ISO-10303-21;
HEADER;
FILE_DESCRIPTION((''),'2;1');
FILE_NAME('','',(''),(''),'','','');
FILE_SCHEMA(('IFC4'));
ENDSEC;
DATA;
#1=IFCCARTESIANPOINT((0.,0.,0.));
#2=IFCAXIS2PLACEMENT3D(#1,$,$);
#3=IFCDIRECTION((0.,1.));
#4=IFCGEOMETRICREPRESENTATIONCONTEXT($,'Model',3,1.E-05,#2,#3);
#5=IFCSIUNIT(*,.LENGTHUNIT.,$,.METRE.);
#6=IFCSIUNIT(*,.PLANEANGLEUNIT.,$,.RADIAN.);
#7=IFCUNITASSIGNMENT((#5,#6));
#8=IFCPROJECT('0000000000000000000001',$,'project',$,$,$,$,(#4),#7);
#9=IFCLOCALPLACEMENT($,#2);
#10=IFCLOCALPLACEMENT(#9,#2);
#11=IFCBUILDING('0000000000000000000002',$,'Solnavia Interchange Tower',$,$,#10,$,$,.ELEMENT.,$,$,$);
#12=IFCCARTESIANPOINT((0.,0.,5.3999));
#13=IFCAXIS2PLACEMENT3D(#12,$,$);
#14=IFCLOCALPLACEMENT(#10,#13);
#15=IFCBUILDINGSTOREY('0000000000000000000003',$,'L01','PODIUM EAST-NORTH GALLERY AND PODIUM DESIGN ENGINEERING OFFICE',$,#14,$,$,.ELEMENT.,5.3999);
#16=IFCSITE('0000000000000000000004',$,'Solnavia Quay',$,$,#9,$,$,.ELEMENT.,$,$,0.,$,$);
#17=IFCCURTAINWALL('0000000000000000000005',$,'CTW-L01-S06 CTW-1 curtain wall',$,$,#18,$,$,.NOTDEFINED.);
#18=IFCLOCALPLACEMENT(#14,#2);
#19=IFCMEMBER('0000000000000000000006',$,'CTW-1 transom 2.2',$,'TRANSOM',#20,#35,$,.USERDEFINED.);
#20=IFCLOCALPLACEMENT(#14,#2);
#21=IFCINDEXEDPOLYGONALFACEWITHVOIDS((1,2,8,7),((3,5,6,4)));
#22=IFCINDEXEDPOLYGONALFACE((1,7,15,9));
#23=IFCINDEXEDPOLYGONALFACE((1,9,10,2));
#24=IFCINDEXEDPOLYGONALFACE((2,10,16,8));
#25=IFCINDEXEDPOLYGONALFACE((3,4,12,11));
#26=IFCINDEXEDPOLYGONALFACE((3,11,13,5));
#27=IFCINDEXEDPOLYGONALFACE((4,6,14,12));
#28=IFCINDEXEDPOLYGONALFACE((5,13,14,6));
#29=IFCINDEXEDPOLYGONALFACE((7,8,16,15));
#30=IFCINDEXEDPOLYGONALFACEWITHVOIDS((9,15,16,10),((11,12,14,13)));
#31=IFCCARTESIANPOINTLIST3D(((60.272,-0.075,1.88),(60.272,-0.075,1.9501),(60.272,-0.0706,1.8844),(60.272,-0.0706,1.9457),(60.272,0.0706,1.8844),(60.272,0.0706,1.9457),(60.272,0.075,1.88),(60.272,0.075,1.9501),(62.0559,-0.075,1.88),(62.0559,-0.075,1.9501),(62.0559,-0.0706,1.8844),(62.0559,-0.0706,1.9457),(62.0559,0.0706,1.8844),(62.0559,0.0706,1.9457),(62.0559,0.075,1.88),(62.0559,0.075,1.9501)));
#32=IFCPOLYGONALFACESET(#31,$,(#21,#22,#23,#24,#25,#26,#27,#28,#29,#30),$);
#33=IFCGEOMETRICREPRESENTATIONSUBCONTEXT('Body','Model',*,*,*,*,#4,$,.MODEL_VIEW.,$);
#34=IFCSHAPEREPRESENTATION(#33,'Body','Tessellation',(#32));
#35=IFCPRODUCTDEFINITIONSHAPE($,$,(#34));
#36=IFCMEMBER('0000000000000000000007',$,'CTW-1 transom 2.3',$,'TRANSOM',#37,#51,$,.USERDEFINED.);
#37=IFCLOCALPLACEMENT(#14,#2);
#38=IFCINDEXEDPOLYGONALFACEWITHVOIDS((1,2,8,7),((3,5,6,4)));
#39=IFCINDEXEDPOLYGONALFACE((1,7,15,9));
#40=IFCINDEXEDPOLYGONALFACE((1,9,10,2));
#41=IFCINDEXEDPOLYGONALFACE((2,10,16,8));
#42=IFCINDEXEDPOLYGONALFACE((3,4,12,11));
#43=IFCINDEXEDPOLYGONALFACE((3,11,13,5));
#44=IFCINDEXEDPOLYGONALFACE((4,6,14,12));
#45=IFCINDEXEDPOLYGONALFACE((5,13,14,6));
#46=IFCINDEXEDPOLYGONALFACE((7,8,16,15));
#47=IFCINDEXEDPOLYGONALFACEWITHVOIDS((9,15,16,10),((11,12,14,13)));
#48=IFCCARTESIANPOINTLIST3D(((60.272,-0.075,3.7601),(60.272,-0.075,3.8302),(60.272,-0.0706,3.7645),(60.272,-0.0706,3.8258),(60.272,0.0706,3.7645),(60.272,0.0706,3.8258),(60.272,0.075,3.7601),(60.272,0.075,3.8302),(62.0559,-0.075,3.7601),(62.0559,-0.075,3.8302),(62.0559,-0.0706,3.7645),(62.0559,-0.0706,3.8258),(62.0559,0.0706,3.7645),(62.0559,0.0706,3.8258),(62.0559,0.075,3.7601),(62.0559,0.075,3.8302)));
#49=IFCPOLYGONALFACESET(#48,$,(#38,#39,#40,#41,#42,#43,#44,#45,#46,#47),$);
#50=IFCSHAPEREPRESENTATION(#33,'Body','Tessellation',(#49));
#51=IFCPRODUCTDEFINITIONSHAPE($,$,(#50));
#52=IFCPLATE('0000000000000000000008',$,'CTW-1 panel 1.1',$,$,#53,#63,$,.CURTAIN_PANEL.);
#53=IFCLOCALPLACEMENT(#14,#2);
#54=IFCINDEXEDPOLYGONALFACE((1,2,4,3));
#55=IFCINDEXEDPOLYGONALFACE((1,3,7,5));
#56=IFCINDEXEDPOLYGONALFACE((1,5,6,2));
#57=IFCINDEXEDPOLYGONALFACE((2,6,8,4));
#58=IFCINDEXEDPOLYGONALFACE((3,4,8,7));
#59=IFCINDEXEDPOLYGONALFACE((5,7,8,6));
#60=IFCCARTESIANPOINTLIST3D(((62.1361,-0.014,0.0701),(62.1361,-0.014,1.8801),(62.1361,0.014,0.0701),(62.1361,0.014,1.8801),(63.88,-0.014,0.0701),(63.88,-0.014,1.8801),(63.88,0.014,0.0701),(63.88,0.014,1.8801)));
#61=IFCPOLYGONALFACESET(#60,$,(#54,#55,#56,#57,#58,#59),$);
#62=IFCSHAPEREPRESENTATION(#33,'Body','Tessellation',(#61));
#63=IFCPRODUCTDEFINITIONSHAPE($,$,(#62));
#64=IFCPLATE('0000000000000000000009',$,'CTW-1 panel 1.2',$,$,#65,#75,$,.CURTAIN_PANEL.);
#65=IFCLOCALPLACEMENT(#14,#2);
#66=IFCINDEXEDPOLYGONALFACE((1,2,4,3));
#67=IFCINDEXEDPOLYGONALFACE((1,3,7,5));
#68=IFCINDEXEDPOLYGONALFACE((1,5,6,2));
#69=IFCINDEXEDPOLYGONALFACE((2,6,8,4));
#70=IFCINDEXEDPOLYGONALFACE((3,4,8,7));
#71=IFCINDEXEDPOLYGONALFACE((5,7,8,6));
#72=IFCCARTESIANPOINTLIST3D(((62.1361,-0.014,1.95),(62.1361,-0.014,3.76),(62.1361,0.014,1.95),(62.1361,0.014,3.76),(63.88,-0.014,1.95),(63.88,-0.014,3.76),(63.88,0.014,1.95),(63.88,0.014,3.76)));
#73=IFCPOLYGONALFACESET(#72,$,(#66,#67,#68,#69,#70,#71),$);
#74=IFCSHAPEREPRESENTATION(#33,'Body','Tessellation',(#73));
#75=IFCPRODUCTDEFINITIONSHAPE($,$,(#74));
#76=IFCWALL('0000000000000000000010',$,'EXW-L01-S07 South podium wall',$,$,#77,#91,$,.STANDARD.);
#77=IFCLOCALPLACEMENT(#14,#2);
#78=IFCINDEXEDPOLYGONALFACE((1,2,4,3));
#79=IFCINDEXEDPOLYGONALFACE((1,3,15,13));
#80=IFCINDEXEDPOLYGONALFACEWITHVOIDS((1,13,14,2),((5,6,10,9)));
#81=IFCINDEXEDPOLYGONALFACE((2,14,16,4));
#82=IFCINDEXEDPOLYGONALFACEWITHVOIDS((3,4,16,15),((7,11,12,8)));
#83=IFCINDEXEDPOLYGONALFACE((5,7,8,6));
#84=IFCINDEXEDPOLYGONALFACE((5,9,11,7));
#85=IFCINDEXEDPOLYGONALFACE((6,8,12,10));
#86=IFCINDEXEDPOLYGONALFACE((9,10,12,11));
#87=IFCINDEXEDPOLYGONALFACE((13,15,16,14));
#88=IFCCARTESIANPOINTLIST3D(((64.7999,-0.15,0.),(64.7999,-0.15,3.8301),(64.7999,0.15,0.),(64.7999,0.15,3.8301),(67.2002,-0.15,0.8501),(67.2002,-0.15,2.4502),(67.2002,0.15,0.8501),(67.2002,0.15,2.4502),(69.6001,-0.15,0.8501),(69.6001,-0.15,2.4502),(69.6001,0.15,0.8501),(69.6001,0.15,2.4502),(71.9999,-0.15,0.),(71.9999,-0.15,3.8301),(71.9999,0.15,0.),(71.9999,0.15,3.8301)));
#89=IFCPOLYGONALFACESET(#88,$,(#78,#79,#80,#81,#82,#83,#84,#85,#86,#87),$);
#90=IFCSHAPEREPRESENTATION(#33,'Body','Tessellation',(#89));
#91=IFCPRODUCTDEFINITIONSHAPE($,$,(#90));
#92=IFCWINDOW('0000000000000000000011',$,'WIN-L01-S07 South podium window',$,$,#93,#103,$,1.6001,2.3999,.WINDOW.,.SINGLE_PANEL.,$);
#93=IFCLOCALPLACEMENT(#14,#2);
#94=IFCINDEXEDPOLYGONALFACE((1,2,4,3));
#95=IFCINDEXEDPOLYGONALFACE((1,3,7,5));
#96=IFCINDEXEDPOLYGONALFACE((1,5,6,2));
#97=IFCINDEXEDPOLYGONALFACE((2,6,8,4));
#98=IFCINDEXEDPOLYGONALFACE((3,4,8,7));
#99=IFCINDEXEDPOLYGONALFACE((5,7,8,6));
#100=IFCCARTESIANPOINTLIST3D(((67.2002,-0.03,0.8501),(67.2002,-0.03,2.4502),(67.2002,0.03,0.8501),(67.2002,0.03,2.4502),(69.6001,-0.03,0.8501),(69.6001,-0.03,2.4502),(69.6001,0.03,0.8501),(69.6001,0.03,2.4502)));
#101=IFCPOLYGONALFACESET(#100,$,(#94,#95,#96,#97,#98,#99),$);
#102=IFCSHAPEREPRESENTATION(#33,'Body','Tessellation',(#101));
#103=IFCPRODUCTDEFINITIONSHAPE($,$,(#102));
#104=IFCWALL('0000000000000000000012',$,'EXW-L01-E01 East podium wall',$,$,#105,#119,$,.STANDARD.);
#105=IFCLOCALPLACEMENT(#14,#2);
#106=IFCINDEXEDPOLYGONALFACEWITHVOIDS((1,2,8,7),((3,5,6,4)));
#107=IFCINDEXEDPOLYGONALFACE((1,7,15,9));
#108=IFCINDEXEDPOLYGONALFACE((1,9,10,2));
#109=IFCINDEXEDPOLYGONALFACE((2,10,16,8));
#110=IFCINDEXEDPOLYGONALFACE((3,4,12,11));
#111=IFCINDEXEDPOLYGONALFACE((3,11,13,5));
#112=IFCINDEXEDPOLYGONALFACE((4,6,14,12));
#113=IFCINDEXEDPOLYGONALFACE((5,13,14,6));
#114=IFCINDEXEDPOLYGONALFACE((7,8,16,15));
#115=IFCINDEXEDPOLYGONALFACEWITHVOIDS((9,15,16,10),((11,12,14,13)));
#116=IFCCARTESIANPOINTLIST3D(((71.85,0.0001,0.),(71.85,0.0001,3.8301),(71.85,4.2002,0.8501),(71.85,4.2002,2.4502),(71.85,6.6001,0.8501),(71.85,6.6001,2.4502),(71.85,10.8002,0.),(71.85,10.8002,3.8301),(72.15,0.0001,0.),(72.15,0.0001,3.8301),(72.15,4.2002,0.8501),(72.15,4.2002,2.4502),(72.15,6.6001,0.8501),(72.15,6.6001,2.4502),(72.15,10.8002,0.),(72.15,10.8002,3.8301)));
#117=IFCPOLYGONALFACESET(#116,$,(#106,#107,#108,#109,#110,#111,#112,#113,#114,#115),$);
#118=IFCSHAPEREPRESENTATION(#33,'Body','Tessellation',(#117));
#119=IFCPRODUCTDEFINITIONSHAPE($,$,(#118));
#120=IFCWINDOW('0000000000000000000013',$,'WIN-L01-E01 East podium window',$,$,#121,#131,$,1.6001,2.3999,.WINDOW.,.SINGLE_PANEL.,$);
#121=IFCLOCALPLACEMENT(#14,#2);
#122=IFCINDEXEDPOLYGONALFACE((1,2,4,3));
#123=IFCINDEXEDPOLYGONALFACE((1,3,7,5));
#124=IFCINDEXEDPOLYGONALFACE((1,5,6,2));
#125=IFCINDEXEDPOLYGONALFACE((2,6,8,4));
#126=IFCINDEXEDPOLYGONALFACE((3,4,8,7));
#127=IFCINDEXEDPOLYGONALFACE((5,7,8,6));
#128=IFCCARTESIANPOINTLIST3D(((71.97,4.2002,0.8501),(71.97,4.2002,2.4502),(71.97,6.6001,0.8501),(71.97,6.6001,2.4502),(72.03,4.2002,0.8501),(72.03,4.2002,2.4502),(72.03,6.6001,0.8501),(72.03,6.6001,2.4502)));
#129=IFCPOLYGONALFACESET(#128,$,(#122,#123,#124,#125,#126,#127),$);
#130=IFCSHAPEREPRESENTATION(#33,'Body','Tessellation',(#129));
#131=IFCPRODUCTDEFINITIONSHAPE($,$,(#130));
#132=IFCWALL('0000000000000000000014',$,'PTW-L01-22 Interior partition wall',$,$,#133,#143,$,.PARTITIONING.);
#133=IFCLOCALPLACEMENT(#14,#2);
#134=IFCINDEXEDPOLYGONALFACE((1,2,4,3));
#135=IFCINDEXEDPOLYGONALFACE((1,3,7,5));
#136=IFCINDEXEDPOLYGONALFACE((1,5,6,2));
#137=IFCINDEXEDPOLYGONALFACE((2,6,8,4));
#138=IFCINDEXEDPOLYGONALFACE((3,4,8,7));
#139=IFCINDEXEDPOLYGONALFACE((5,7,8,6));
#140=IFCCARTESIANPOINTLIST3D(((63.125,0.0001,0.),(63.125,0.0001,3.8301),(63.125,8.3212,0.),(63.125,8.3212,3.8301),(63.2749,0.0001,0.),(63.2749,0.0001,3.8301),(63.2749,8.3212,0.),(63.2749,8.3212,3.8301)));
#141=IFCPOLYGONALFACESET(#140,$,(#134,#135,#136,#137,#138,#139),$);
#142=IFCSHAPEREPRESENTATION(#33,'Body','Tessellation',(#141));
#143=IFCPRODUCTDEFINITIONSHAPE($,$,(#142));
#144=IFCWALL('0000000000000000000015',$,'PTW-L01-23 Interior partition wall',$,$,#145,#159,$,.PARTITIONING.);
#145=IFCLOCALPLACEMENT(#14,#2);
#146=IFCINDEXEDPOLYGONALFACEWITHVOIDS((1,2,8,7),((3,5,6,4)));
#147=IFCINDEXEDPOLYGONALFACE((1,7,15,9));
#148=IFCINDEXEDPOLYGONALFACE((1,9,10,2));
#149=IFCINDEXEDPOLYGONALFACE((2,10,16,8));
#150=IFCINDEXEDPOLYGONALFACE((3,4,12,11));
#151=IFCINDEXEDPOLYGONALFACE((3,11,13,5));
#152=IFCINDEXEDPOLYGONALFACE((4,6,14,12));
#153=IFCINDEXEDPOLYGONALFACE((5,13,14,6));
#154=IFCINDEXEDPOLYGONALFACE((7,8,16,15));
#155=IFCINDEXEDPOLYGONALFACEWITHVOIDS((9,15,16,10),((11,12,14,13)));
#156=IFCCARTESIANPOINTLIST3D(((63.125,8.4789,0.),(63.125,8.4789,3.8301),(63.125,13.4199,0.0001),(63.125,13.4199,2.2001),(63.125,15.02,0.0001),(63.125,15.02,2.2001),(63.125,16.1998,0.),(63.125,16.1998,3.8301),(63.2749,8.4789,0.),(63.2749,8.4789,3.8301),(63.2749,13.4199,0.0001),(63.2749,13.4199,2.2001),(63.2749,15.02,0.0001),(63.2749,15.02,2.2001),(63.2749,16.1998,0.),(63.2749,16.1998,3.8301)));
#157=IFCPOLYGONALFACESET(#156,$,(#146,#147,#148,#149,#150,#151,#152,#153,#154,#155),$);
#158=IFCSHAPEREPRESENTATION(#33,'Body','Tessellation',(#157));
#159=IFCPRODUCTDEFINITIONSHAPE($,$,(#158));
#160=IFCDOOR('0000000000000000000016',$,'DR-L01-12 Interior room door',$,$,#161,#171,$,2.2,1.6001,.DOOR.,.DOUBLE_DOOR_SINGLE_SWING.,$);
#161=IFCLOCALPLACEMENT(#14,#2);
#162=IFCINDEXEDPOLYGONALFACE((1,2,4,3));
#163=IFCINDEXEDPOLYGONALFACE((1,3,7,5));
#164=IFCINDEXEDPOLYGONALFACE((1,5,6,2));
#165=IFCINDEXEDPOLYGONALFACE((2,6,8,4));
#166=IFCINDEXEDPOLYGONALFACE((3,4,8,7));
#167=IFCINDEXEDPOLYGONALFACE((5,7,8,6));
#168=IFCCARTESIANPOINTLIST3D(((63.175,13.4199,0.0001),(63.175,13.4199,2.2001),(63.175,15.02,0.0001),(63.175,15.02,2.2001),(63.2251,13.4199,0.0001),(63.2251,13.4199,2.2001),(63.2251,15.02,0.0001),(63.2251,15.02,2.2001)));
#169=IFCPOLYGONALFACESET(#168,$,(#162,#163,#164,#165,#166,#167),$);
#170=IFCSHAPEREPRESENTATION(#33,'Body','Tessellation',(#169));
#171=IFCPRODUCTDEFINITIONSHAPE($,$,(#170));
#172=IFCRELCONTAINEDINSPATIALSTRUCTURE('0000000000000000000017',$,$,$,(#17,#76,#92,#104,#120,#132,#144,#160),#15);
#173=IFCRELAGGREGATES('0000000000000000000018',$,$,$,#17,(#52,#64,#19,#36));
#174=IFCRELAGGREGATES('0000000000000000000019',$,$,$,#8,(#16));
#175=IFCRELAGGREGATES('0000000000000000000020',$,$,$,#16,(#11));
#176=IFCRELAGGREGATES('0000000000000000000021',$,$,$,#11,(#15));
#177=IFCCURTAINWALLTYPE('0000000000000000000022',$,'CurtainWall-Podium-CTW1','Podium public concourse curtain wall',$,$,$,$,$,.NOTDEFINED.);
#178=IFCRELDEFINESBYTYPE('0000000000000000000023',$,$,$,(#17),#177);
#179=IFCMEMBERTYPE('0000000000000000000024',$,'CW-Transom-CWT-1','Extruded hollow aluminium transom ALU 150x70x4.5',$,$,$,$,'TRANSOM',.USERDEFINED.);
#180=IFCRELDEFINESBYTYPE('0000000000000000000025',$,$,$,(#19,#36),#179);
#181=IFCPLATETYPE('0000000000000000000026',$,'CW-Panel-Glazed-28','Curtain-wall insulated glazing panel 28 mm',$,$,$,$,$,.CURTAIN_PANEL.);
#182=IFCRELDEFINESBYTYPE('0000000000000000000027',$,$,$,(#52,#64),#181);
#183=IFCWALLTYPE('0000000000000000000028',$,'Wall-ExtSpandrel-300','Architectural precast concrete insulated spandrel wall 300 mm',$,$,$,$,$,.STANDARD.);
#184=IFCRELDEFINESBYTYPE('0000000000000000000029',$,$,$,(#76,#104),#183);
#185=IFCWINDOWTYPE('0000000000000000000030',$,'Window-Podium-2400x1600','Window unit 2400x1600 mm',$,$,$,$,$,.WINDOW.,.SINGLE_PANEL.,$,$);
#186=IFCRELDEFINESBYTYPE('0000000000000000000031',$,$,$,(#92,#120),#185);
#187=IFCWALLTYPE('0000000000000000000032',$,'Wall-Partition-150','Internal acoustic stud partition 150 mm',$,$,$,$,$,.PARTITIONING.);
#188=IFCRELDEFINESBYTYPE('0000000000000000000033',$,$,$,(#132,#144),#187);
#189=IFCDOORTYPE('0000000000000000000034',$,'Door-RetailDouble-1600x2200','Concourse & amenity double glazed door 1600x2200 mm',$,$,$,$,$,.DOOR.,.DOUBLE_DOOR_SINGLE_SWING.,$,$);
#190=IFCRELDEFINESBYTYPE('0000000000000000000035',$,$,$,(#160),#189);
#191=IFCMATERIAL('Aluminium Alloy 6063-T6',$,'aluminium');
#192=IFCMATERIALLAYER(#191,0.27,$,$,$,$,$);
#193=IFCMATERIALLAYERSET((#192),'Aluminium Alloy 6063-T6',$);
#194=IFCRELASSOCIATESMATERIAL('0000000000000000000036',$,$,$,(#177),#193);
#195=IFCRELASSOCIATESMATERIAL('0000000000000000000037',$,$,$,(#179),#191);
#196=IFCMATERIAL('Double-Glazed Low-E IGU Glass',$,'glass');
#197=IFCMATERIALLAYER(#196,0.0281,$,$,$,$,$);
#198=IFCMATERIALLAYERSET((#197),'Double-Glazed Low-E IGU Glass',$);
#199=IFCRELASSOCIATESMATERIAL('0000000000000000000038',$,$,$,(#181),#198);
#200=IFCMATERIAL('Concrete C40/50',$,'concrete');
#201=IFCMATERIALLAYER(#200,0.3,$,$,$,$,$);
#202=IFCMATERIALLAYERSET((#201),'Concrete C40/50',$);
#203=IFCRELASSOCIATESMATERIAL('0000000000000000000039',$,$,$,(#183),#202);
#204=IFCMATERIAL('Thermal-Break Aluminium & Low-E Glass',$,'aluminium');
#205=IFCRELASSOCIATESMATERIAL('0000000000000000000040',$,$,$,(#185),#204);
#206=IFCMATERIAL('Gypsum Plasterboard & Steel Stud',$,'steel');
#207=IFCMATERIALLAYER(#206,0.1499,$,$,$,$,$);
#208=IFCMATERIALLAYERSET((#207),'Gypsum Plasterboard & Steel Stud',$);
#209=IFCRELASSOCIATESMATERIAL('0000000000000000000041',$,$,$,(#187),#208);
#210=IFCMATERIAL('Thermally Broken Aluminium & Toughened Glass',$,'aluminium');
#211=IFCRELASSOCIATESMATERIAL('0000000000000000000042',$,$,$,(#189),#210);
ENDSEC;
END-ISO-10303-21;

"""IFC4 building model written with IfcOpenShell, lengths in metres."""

from ifc_helpers import new_model, si_unit, direction, frame, frame_2d, origin, origin_2d, place, context, subcontext, project, spatial, rectangle, hollow_rectangle, extrude, material, layer, layer_set, material_profile, profile_set, type_object, element, fill, aggregate, save


model = new_model("IFC4")

# Units and contexts
model_context = context("Model", 3, precision=1e-05, world=origin(), true_north=direction((0.0, 1.0)))
body_context = subcontext(model_context, "Body", "Model", "MODEL_VIEW")
ifc_project = project(units=[si_unit("LENGTHUNIT", "METRE"), si_unit("PLANEANGLEUNIT", "RADIAN")], contexts=[model_context])

# Site, building, storey
site_placement = place(None, origin())
site = spatial("IfcSite", under=ifc_project, at=site_placement, Name="Solnavia Quay", CompositionType="ELEMENT", RefElevation=0.0)
building_placement = place(site_placement, origin())
building = spatial("IfcBuilding", under=site, at=building_placement, Name="Solnavia Interchange Tower", CompositionType="ELEMENT")
storey_placement = place(building_placement, frame((0.0, 0.0, 5.3999)))
storey = spatial("IfcBuildingStorey", under=building, at=storey_placement, Name="L01", Description="PODIUM EAST-NORTH GALLERY AND PODIUM DESIGN ENGINEERING OFFICE", CompositionType="ELEMENT", Elevation=5.3999)

# Curtain wall, members, plates
ifc_material_1 = material(Name="Aluminium Alloy 6063-T6", Category="aluminium")
ifc_layer_1 = layer(ifc_material_1, 0.27)
ifc_layer_set_1 = layer_set([ifc_layer_1], Name="Aluminium Alloy 6063-T6")
curtain_wall_type = type_object("IfcCurtainWallType", Name="CurtainWall-Podium-CTW1", Description="Podium public concourse curtain wall", PredefinedType="NOTDEFINED", material=ifc_layer_set_1)
curtain_wall_placement = place(storey_placement, origin())
curtain_wall = element("IfcCurtainWall", 1, at=curtain_wall_placement, inside=storey, type_object=curtain_wall_type, Name="CTW-L01-S06 CTW-1 curtain wall", PredefinedType="NOTDEFINED")
ifc_material_profile_1 = material_profile(ifc_material_1, hollow_rectangle(XDim=0.0701, YDim=0.1499, WallThickness=0.0044, at=origin_2d()), Name="ALU 150x70x4.5")
ifc_profile_set_1 = profile_set([ifc_material_profile_1], Name="Aluminium Alloy 6063-T6")
member_type_1 = type_object("IfcMemberType", Name="CW-Transom-CWT-1", Description="Extruded hollow aluminium transom ALU 150x70x4.5", ElementType="TRANSOM", PredefinedType="USERDEFINED", material=ifc_profile_set_1)
member_1_placement = place(storey_placement, frame((62.0559, 0.0, 1.915), z_axis=(-1.0, 0.0, 0.0), x_axis=(0.0, 0.0, 1.0)))
member_1 = element("IfcMember", 2, at=member_1_placement, type_object=member_type_1, Name="CTW-1 transom 2.2", ObjectType="TRANSOM", PredefinedType="USERDEFINED", context=body_context, shape_type="SweptSolid", body=[
    extrude(hollow_rectangle(XDim=0.0701, YDim=0.1499, WallThickness=0.0044, at=origin_2d()), origin(), (0.0, 0.0, 1.0), 1.7839),
])
member_2_placement = place(storey_placement, frame((62.0559, 0.0, 3.7952), z_axis=(-1.0, 0.0, 0.0), x_axis=(0.0, 0.0, 1.0)))
member_2 = element("IfcMember", 3, at=member_2_placement, type_object=member_type_1, Name="CTW-1 transom 2.3", ObjectType="TRANSOM", PredefinedType="USERDEFINED", context=body_context, shape_type="SweptSolid", body=[
    extrude(hollow_rectangle(XDim=0.0701, YDim=0.1499, WallThickness=0.0044, at=origin_2d()), origin(), (0.0, 0.0, 1.0), 1.7839),
])
ifc_material_2 = material(Name="Double-Glazed Low-E IGU Glass", Category="glass")
ifc_layer_2 = layer(ifc_material_2, 0.0281)
ifc_layer_set_2 = layer_set([ifc_layer_2], Name="Double-Glazed Low-E IGU Glass")
plate_type = type_object("IfcPlateType", Name="CW-Panel-Glazed-28", Description="Curtain-wall insulated glazing panel 28 mm", PredefinedType="CURTAIN_PANEL", material=ifc_layer_set_2)
plate_1_placement = place(storey_placement, frame((63.0081, 0.0, 0.0701), z_axis=(0.0, 0.0, 1.0), x_axis=(-1.0, 0.0, 0.0)))
plate_1 = element("IfcPlate", 4, at=plate_1_placement, type_object=plate_type, Name="CTW-1 panel 1.1", PredefinedType="CURTAIN_PANEL", context=body_context, shape_type="SweptSolid", body=[
    extrude(rectangle(XDim=1.7439, YDim=0.0281, at=origin_2d()), origin(), (0.0, 0.0, 1.0), 1.8101),
])
plate_2_placement = place(storey_placement, frame((63.0081, 0.0, 1.95), z_axis=(0.0, 0.0, 1.0), x_axis=(-1.0, 0.0, 0.0)))
plate_2 = element("IfcPlate", 5, at=plate_2_placement, type_object=plate_type, Name="CTW-1 panel 1.2", PredefinedType="CURTAIN_PANEL", context=body_context, shape_type="SweptSolid", body=[
    extrude(rectangle(XDim=1.7439, YDim=0.0281, at=origin_2d()), origin(), (0.0, 0.0, 1.0), 1.8101),
])
aggregate(curtain_wall, [plate_1, plate_2, member_1, member_2])

# Walls, openings, windows
ifc_material_3 = material(Name="Concrete C40/50", Category="concrete")
ifc_layer_3 = layer(ifc_material_3, 0.3)
ifc_layer_set_3 = layer_set([ifc_layer_3], Name="Concrete C40/50")
wall_type_1 = type_object("IfcWallType", Name="Wall-ExtSpandrel-300", Description="Architectural precast concrete insulated spandrel wall 300 mm", PredefinedType="STANDARD", material=ifc_layer_set_3)
wall_1_placement = place(storey_placement, frame((72.0, 0.0, 0.0), z_axis=(0.0, 0.0, 1.0), x_axis=(-1.0, 0.0, 0.0)))
wall_1 = element("IfcWall", 6, at=wall_1_placement, inside=storey, type_object=wall_type_1, Name="EXW-L01-S07 South podium wall", PredefinedType="STANDARD", context=body_context, shape_type="SweptSolid", body=[
    extrude(rectangle(XDim=7.2, YDim=0.3, at=frame_2d((3.6001, 0.0))), origin(), (0.0, 0.0, 1.0), 3.8301),
])
opening_1_placement = place(wall_1_placement, frame((2.3999, 0.0, 0.8501)))
opening_1 = element("IfcOpeningElement", 7, at=opening_1_placement, cuts=wall_1, PredefinedType="OPENING", context=body_context, shape_type="SweptSolid", body=[
    extrude(rectangle(XDim=2.3999, YDim=1.6001, at=frame_2d((1.2, 0.8))), frame((0.0, 0.1602, 0.0), z_axis=(0.0, -1.0, 0.0), x_axis=(1.0, 0.0, 0.0)), (0.0, 0.0, 1.0), 0.3201),
])
ifc_material_4 = material(Name="Thermal-Break Aluminium & Low-E Glass", Category="aluminium")
window_type = type_object("IfcWindowType", Name="Window-Podium-2400x1600", Description="Window unit 2400x1600 mm", PartitioningType="SINGLE_PANEL", PredefinedType="WINDOW", material=ifc_material_4)
window_1_placement = place(opening_1_placement, origin())
window_1 = element("IfcWindow", 8, at=window_1_placement, inside=storey, type_object=window_type, Name="WIN-L01-S07 South podium window", OverallHeight=1.6001, OverallWidth=2.3999, PartitioningType="SINGLE_PANEL", PredefinedType="WINDOW", context=body_context, shape_type="SweptSolid", body=[
    extrude(rectangle(XDim=2.3999, YDim=1.6001, at=frame_2d((1.2, 0.8))), frame((0.0, 0.03, 0.0), z_axis=(0.0, -1.0, 0.0), x_axis=(1.0, 0.0, 0.0)), (0.0, 0.0, 1.0), 0.0601),
])
fill(opening_1, window_1)
wall_2_placement = place(storey_placement, frame((72.0, 10.8, 0.0), z_axis=(0.0, 0.0, 1.0), x_axis=(0.0, -1.0, 0.0)))
wall_2 = element("IfcWall", 9, at=wall_2_placement, inside=storey, type_object=wall_type_1, Name="EXW-L01-E01 East podium wall", PredefinedType="STANDARD", context=body_context, shape_type="SweptSolid", body=[
    extrude(rectangle(XDim=10.8, YDim=0.3, at=frame_2d((5.3999, 0.0))), origin(), (0.0, 0.0, 1.0), 3.8301),
])
opening_2_placement = place(wall_2_placement, frame((4.2, 0.0, 0.8501)))
opening_2 = element("IfcOpeningElement", 10, at=opening_2_placement, cuts=wall_2, PredefinedType="OPENING", context=body_context, shape_type="SweptSolid", body=[
    extrude(rectangle(XDim=2.3999, YDim=1.6001, at=frame_2d((1.2, 0.8))), frame((0.0, 0.1602, 0.0), z_axis=(0.0, -1.0, 0.0), x_axis=(1.0, 0.0, 0.0)), (0.0, 0.0, 1.0), 0.3201),
])
window_2_placement = place(opening_2_placement, origin())
window_2 = element("IfcWindow", 11, at=window_2_placement, inside=storey, type_object=window_type, Name="WIN-L01-E01 East podium window", OverallHeight=1.6001, OverallWidth=2.3999, PartitioningType="SINGLE_PANEL", PredefinedType="WINDOW", context=body_context, shape_type="SweptSolid", body=[
    extrude(rectangle(XDim=2.3999, YDim=1.6001, at=frame_2d((1.2, 0.8))), frame((0.0, 0.03, 0.0), z_axis=(0.0, -1.0, 0.0), x_axis=(1.0, 0.0, 0.0)), (0.0, 0.0, 1.0), 0.0601),
])
fill(opening_2, window_2)

# Wall
ifc_material_5 = material(Name="Gypsum Plasterboard & Steel Stud", Category="steel")
ifc_layer_4 = layer(ifc_material_5, 0.1499)
ifc_layer_set_4 = layer_set([ifc_layer_4], Name="Gypsum Plasterboard & Steel Stud")
wall_type_2 = type_object("IfcWallType", Name="Wall-Partition-150", Description="Internal acoustic stud partition 150 mm", PredefinedType="PARTITIONING", material=ifc_layer_set_4)
wall_3_placement = place(storey_placement, frame((63.2, 0.0, 0.0), z_axis=(0.0, 0.0, 1.0), x_axis=(0.0, 1.0, 0.0)))
element("IfcWall", 12, at=wall_3_placement, inside=storey, type_object=wall_type_2, Name="PTW-L01-22 Interior partition wall", PredefinedType="PARTITIONING", context=body_context, shape_type="SweptSolid", body=[
    extrude(rectangle(XDim=8.321, YDim=0.1499, at=frame_2d((4.1606, 0.0))), origin(), (0.0, 0.0, 1.0), 3.8301),
])

# Wall, opening, door
wall_4_placement = place(storey_placement, frame((63.2, 8.479, 0.0), z_axis=(0.0, 0.0, 1.0), x_axis=(0.0, 1.0, 0.0)))
wall_4 = element("IfcWall", 13, at=wall_4_placement, inside=storey, type_object=wall_type_2, Name="PTW-L01-23 Interior partition wall", PredefinedType="PARTITIONING", context=body_context, shape_type="SweptSolid", body=[
    extrude(rectangle(XDim=7.7209, YDim=0.1499, at=frame_2d((3.8604, 0.0))), origin(), (0.0, 0.0, 1.0), 3.8301),
])
opening_3_placement = place(wall_4_placement, frame((4.9409, 0.0, 0.0)))
opening_3 = element("IfcOpeningElement", 14, at=opening_3_placement, cuts=wall_4, PredefinedType="OPENING", context=body_context, shape_type="SweptSolid", body=[
    extrude(rectangle(XDim=1.6001, YDim=2.2, at=frame_2d((0.8, 1.1001))), frame((0.0, 0.085, 0.0), z_axis=(0.0, -1.0, 0.0), x_axis=(1.0, 0.0, 0.0)), (0.0, 0.0, 1.0), 0.1699),
])
ifc_material_6 = material(Name="Thermally Broken Aluminium & Toughened Glass", Category="aluminium")
door_type = type_object("IfcDoorType", Name="Door-RetailDouble-1600x2200", Description="Concourse & amenity double glazed door 1600x2200 mm", OperationType="DOUBLE_DOOR_SINGLE_SWING", PredefinedType="DOOR", material=ifc_material_6)
door_placement = place(opening_3_placement, origin())
door = element("IfcDoor", 15, at=door_placement, inside=storey, type_object=door_type, Name="DR-L01-12 Interior room door", OperationType="DOUBLE_DOOR_SINGLE_SWING", OverallHeight=2.2, OverallWidth=1.6001, PredefinedType="DOOR", context=body_context, shape_type="SweptSolid", body=[
    extrude(rectangle(XDim=1.6001, YDim=2.2, at=frame_2d((0.8, 1.1001))), frame((0.0, 0.0249, 0.0), z_axis=(0.0, -1.0, 0.0), x_axis=(1.0, 0.0, 0.0)), (0.0, 0.0, 1.0), 0.05),
])
fill(opening_3, door)

save(model, "model.ifc")
